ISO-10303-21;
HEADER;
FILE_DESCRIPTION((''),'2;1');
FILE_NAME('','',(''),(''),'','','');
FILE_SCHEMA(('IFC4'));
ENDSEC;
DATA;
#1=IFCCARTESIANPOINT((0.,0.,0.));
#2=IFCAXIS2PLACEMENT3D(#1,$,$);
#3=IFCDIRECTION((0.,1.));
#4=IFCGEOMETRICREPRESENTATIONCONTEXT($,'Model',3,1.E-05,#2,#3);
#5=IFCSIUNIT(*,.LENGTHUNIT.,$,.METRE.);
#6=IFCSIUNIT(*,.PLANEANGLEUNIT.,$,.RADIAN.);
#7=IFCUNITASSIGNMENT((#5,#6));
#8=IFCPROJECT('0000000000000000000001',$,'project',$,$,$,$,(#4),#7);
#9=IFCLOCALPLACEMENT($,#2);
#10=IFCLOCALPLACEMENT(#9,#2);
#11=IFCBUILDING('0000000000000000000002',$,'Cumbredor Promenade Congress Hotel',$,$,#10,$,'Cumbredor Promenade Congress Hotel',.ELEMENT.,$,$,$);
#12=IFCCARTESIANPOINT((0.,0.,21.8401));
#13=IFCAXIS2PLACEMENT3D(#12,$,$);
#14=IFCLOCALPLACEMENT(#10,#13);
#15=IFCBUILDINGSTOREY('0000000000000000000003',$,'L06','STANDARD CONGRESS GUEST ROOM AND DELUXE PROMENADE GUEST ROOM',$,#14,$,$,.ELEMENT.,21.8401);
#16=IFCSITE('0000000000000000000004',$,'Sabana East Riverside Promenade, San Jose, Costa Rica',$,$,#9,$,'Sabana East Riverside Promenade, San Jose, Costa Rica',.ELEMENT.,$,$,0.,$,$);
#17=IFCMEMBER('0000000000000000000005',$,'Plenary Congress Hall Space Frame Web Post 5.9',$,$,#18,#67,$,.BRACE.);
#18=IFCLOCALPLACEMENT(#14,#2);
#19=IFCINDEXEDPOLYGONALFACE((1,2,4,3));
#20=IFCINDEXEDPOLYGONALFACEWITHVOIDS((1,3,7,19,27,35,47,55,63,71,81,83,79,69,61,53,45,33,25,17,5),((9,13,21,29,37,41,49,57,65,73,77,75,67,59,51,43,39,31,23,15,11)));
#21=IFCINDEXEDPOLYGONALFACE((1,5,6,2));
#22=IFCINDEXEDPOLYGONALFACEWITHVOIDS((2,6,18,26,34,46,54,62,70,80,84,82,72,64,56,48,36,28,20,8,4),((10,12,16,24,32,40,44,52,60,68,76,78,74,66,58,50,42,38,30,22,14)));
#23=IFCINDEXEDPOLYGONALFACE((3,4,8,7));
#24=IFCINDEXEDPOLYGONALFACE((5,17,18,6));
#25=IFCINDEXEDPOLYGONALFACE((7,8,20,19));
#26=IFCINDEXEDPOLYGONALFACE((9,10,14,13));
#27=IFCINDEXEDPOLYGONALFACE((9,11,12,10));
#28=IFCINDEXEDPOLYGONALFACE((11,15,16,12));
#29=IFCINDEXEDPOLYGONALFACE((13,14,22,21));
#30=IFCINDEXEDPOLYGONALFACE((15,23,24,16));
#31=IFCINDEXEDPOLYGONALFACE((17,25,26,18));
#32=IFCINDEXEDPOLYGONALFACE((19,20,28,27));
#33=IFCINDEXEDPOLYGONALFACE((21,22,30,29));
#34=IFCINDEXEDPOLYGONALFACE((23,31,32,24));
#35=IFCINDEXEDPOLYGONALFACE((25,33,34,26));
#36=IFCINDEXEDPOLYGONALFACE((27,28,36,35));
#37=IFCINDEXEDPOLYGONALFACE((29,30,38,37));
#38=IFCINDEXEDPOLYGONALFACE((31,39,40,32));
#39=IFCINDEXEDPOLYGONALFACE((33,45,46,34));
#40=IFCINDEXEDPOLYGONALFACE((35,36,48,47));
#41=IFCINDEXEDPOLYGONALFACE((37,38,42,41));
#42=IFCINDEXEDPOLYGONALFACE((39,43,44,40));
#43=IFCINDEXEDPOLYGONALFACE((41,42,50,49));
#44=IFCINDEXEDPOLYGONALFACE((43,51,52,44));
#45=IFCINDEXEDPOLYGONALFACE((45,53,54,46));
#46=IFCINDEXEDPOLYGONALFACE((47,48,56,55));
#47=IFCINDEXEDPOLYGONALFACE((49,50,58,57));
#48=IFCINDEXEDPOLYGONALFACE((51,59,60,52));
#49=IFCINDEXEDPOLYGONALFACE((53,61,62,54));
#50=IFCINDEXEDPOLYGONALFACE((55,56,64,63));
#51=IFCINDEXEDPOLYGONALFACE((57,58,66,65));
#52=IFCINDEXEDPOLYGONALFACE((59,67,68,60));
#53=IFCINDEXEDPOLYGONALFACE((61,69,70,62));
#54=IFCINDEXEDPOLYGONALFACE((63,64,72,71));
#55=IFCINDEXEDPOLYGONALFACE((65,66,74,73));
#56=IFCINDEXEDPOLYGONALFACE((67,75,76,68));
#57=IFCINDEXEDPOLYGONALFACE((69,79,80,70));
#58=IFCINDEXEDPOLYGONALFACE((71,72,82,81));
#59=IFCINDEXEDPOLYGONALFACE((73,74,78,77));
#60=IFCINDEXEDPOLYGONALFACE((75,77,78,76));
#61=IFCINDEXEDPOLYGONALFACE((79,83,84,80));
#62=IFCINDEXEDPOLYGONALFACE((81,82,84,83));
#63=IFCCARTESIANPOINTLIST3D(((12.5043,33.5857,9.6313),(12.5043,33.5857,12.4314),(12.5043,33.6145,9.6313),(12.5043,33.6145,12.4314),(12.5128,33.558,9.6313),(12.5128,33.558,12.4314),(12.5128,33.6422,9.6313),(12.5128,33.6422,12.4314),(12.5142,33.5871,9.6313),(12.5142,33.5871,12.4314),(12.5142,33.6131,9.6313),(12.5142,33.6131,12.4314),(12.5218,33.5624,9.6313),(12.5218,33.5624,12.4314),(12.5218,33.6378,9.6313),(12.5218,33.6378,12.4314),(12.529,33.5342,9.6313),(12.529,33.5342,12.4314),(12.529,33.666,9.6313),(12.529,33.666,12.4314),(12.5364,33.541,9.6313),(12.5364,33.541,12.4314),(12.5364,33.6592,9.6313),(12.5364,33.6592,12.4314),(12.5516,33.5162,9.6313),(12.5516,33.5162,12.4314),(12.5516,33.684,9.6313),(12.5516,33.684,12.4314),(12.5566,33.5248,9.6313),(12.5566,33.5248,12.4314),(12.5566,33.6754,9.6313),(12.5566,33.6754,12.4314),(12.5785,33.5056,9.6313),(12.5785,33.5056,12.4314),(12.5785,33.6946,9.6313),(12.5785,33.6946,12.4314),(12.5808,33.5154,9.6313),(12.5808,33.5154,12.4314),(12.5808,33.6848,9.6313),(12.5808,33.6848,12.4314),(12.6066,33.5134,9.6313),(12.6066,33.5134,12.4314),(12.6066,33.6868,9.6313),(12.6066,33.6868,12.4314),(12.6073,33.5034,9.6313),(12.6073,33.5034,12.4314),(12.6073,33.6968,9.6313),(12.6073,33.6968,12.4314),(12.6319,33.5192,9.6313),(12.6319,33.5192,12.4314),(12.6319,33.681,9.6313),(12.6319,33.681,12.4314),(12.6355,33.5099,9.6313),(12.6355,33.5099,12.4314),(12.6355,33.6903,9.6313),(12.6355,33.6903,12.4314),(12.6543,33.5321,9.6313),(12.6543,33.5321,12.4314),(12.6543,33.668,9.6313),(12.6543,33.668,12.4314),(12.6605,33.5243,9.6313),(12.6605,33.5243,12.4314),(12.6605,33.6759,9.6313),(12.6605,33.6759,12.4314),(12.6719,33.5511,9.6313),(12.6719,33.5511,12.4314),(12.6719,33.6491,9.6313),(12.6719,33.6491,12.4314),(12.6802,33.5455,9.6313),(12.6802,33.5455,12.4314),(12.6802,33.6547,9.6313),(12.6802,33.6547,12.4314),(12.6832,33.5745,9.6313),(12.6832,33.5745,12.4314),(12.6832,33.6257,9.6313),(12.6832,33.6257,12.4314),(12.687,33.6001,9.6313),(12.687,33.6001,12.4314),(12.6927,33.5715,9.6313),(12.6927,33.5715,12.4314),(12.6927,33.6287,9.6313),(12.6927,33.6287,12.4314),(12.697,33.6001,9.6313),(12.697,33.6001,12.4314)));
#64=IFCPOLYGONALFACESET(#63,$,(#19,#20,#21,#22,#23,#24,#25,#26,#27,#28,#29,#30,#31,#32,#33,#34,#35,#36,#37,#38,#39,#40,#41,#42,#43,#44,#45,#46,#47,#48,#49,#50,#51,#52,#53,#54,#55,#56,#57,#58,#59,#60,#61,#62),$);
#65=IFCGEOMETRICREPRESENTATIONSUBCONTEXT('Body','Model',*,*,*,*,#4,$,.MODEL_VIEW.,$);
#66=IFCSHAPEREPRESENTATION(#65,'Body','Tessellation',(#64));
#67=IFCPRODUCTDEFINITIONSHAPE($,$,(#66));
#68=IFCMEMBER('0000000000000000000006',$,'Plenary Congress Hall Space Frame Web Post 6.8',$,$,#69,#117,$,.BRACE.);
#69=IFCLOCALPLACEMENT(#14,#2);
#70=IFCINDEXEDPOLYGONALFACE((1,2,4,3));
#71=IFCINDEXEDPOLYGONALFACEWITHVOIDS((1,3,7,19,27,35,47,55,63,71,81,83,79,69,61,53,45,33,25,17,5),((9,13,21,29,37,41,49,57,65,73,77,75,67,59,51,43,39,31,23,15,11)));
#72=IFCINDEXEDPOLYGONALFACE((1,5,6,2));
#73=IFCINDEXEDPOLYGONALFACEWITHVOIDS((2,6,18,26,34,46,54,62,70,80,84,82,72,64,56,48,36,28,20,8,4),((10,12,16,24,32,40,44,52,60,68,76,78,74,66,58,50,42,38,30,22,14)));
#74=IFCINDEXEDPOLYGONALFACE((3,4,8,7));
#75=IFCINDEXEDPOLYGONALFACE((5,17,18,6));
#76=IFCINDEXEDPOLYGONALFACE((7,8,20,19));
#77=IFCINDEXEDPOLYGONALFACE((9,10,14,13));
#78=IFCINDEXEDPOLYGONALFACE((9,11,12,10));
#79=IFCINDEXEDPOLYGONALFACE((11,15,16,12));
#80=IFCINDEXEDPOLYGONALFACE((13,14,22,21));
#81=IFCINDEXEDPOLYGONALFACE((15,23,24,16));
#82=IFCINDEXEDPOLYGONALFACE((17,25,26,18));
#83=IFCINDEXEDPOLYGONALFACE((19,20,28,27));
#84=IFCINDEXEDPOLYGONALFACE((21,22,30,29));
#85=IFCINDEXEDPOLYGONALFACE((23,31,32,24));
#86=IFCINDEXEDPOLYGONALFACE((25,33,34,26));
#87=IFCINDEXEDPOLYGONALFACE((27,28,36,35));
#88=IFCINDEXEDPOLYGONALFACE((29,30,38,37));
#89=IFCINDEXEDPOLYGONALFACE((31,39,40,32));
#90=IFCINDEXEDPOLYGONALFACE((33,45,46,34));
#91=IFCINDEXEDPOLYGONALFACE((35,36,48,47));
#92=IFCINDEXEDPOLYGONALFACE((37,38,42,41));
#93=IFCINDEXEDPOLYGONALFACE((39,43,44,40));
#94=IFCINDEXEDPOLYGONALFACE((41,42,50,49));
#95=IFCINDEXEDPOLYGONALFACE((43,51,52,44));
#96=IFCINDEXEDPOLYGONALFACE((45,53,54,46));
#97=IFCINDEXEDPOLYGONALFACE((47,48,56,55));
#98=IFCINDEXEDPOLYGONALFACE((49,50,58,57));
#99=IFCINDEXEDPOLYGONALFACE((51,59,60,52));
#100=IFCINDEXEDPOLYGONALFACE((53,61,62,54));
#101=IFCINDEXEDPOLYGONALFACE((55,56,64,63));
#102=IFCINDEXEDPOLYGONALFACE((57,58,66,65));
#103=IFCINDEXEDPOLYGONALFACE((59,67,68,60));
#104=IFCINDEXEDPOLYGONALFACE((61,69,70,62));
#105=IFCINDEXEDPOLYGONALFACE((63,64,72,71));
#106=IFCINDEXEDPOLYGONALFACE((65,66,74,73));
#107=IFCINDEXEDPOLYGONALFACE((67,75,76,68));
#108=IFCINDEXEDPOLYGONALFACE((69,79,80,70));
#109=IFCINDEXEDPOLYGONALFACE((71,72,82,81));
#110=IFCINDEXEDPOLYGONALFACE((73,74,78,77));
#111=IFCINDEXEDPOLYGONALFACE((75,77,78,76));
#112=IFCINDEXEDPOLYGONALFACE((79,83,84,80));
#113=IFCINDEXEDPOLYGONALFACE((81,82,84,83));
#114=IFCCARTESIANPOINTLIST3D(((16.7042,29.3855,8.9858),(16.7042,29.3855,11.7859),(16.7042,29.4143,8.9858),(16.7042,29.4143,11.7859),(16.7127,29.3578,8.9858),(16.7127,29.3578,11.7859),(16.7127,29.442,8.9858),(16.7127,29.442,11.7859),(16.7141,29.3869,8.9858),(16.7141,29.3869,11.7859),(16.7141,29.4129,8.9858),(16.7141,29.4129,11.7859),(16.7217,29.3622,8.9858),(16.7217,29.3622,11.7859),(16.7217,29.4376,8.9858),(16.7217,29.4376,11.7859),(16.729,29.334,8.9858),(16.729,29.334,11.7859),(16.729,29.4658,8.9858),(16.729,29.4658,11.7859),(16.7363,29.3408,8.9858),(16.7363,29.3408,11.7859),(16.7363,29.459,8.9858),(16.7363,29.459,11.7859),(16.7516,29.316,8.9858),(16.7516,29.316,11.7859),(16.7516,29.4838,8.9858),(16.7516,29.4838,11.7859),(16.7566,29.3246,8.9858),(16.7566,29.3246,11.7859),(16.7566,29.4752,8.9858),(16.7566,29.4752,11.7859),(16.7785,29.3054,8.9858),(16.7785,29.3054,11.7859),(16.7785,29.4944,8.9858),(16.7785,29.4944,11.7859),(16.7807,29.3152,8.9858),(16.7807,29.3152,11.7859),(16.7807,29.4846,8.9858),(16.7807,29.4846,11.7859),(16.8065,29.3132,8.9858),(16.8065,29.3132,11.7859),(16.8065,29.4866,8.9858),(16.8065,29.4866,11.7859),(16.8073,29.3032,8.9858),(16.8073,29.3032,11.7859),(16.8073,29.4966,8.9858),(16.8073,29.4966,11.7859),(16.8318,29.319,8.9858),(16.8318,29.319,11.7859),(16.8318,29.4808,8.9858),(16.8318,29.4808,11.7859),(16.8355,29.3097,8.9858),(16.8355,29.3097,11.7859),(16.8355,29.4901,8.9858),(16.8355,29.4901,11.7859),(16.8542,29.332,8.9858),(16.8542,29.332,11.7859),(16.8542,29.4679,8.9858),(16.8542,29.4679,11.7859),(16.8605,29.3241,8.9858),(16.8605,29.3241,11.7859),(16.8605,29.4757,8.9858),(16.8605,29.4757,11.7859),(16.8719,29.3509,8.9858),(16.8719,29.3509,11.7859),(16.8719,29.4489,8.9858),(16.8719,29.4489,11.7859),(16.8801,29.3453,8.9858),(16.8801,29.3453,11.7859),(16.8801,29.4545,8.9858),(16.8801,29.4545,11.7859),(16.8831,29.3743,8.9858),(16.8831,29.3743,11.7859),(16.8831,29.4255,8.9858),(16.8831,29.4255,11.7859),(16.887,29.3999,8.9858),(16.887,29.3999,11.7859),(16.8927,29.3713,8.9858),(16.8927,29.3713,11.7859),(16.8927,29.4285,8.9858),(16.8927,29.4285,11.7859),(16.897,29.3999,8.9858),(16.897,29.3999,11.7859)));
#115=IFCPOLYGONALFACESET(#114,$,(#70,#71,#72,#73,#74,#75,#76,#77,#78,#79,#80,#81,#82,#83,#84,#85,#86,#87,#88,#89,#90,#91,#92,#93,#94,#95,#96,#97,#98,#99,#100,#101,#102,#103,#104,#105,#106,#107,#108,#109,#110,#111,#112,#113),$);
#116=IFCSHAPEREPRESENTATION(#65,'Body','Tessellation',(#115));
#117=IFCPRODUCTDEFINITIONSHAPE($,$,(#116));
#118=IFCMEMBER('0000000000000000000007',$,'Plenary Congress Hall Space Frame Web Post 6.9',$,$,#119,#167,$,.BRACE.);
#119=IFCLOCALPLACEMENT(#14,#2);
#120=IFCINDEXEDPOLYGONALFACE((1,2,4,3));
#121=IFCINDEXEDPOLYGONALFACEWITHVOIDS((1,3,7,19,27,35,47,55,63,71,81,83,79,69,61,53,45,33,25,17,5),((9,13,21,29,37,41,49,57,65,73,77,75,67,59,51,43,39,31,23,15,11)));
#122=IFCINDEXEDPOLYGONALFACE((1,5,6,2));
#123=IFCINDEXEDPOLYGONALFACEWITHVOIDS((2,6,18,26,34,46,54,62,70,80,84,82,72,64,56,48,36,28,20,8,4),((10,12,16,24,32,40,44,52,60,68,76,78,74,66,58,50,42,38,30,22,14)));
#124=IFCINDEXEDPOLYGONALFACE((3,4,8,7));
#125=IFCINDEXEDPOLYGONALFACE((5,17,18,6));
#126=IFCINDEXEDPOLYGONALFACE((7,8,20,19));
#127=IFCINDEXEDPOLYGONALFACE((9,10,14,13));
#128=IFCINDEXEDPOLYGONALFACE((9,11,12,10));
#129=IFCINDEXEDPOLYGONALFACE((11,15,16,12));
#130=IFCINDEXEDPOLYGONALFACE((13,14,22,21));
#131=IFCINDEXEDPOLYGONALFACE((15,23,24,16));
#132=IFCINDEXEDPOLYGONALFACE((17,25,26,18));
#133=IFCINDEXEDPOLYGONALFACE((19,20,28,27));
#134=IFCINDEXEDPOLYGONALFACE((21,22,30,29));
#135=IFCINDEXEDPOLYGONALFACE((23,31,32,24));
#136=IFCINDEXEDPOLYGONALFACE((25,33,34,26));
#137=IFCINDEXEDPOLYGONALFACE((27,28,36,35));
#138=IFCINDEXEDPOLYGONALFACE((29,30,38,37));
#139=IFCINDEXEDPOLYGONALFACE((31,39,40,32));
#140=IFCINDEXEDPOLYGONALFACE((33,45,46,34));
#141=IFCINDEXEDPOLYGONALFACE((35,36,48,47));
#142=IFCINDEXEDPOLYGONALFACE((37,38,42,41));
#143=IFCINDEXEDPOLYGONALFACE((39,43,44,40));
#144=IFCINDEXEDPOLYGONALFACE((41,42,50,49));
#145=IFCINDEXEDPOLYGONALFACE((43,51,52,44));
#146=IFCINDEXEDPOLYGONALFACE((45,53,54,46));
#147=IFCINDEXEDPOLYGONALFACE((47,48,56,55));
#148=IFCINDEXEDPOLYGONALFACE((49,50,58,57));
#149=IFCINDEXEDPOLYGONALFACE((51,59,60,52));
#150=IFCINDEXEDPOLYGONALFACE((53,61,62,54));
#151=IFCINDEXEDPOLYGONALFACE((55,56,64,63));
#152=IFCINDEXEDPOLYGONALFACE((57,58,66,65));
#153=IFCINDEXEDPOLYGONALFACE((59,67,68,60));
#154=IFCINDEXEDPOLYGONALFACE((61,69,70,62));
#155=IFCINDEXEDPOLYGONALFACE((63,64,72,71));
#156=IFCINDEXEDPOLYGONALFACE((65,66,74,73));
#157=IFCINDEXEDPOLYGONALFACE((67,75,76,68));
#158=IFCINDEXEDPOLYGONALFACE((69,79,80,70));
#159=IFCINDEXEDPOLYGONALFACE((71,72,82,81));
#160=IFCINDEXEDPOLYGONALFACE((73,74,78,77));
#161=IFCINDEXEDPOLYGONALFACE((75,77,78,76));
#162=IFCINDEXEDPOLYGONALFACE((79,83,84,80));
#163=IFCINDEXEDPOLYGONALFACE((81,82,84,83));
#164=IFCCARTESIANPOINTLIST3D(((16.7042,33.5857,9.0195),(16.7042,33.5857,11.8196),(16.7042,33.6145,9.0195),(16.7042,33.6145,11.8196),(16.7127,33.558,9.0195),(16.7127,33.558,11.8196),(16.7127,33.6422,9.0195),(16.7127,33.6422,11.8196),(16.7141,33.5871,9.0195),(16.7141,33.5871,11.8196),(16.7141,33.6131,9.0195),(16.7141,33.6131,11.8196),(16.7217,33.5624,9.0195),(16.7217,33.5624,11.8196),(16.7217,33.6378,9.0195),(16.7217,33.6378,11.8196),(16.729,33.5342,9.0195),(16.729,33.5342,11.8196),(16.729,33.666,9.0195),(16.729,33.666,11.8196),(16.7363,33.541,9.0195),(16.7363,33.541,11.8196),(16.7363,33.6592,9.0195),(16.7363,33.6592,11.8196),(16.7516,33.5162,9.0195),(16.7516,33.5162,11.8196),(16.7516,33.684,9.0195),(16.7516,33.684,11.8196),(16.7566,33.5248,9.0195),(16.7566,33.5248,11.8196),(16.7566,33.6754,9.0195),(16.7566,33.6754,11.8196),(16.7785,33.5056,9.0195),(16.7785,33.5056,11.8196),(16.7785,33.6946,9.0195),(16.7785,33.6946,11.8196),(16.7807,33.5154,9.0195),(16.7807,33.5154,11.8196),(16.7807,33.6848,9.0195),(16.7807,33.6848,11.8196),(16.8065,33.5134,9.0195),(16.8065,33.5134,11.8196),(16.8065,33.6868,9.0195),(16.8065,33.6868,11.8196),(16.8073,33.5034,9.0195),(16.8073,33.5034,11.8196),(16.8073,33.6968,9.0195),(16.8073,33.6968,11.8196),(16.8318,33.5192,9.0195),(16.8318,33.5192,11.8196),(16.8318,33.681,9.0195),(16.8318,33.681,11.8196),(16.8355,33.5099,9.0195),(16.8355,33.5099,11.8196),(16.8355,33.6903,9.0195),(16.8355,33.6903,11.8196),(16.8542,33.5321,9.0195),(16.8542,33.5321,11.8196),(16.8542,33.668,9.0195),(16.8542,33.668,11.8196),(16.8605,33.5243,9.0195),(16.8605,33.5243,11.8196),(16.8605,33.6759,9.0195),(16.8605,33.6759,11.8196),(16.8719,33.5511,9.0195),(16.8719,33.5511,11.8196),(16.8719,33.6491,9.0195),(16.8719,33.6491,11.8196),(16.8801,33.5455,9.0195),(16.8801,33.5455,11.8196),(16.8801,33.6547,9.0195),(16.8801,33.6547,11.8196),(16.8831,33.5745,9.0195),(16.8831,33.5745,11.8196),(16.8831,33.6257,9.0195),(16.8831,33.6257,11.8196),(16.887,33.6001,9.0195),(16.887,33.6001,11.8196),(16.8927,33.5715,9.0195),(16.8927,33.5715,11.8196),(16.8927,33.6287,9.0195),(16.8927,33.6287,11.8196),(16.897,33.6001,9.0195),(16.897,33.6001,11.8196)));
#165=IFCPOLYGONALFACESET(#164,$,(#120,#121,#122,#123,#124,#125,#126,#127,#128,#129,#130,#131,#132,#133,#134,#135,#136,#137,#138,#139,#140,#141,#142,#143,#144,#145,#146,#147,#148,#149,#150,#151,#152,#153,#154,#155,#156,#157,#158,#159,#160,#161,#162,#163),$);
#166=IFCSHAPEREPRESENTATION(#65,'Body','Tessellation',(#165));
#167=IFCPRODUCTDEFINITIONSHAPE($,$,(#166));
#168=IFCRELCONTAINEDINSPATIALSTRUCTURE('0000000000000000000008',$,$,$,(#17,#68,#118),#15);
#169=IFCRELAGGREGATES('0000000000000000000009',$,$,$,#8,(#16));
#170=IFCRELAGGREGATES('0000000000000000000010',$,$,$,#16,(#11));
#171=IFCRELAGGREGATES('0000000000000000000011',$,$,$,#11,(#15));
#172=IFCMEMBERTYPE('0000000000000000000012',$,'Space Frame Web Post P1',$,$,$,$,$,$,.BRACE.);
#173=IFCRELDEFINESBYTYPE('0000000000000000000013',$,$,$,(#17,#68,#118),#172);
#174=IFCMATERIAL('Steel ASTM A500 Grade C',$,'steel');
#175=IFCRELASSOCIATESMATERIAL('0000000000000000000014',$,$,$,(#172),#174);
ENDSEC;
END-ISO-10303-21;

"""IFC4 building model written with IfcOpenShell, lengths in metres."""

from ifc_helpers import new_model, si_unit, direction, frame, origin, origin_2d, place, context, subcontext, project, spatial, hollow_circle, extrude, material, material_profile, profile_set, type_object, element, save


model = new_model("IFC4")

# Units and contexts
model_context = context("Model", 3, precision=1e-05, world=origin(), true_north=direction((0.0, 1.0)))
body_context = subcontext(model_context, "Body", "Model", "MODEL_VIEW")
ifc_project = project(units=[si_unit("LENGTHUNIT", "METRE"), si_unit("PLANEANGLEUNIT", "RADIAN")], contexts=[model_context])

# Site, building, storey
site_placement = place(None, origin())
site = spatial("IfcSite", under=ifc_project, at=site_placement, Name="Sabana East Riverside Promenade, San Jose, Costa Rica", LongName="Sabana East Riverside Promenade, San Jose, Costa Rica", CompositionType="ELEMENT", RefElevation=0.0)
building_placement = place(site_placement, origin())
building = spatial("IfcBuilding", under=site, at=building_placement, Name="Cumbredor Promenade Congress Hotel", LongName="Cumbredor Promenade Congress Hotel", CompositionType="ELEMENT")
storey_placement = place(building_placement, frame((0.0, 0.0, 21.8401)))
storey = spatial("IfcBuildingStorey", under=building, at=storey_placement, Name="L06", Description="STANDARD CONGRESS GUEST ROOM AND DELUXE PROMENADE GUEST ROOM", CompositionType="ELEMENT", Elevation=21.8401)

# Members
ifc_material_1 = material(Name="Steel ASTM A500 Grade C", Category="steel")
ifc_material_profile_1 = material_profile(ifc_material_1, hollow_circle(Radius=0.0969, WallThickness=0.01, at=origin_2d()), Name="CHS 193.7x10")
ifc_profile_set_1 = profile_set([ifc_material_profile_1], Name="Steel ASTM A500 Grade C")
member_type_1 = type_object("IfcMemberType", Name="Space Frame Web Post P1", PredefinedType="BRACE", material=ifc_profile_set_1)
for number, where, z_axis, x_axis, name in (
    (1, (12.6001, 33.6001, 9.6313), (0.0, 0.0, 1.0), (1.0, 0.0, 0.0), "Plenary Congress Hall Space Frame Web Post 5.9"),
    (2, (16.8, 29.3999, 8.9858), (0.0, 0.0, 1.0), (1.0, 0.0, 0.0), "Plenary Congress Hall Space Frame Web Post 6.8"),
    (3, (16.8, 33.6001, 9.0195), (0.0, 0.0, 1.0), (1.0, 0.0, 0.0), "Plenary Congress Hall Space Frame Web Post 6.9"),
):
    element("IfcMember", number, at=place(storey_placement, frame(where, z_axis=z_axis, x_axis=x_axis)), inside=storey, type_object=member_type_1, Name=name, PredefinedType="BRACE", context=body_context, shape_type="SweptSolid", body=[
        extrude(hollow_circle(Radius=0.0969, WallThickness=0.01, at=origin_2d()), origin(), (0.0, 0.0, 1.0), 2.8),
    ])

save(model, "model.ifc")
